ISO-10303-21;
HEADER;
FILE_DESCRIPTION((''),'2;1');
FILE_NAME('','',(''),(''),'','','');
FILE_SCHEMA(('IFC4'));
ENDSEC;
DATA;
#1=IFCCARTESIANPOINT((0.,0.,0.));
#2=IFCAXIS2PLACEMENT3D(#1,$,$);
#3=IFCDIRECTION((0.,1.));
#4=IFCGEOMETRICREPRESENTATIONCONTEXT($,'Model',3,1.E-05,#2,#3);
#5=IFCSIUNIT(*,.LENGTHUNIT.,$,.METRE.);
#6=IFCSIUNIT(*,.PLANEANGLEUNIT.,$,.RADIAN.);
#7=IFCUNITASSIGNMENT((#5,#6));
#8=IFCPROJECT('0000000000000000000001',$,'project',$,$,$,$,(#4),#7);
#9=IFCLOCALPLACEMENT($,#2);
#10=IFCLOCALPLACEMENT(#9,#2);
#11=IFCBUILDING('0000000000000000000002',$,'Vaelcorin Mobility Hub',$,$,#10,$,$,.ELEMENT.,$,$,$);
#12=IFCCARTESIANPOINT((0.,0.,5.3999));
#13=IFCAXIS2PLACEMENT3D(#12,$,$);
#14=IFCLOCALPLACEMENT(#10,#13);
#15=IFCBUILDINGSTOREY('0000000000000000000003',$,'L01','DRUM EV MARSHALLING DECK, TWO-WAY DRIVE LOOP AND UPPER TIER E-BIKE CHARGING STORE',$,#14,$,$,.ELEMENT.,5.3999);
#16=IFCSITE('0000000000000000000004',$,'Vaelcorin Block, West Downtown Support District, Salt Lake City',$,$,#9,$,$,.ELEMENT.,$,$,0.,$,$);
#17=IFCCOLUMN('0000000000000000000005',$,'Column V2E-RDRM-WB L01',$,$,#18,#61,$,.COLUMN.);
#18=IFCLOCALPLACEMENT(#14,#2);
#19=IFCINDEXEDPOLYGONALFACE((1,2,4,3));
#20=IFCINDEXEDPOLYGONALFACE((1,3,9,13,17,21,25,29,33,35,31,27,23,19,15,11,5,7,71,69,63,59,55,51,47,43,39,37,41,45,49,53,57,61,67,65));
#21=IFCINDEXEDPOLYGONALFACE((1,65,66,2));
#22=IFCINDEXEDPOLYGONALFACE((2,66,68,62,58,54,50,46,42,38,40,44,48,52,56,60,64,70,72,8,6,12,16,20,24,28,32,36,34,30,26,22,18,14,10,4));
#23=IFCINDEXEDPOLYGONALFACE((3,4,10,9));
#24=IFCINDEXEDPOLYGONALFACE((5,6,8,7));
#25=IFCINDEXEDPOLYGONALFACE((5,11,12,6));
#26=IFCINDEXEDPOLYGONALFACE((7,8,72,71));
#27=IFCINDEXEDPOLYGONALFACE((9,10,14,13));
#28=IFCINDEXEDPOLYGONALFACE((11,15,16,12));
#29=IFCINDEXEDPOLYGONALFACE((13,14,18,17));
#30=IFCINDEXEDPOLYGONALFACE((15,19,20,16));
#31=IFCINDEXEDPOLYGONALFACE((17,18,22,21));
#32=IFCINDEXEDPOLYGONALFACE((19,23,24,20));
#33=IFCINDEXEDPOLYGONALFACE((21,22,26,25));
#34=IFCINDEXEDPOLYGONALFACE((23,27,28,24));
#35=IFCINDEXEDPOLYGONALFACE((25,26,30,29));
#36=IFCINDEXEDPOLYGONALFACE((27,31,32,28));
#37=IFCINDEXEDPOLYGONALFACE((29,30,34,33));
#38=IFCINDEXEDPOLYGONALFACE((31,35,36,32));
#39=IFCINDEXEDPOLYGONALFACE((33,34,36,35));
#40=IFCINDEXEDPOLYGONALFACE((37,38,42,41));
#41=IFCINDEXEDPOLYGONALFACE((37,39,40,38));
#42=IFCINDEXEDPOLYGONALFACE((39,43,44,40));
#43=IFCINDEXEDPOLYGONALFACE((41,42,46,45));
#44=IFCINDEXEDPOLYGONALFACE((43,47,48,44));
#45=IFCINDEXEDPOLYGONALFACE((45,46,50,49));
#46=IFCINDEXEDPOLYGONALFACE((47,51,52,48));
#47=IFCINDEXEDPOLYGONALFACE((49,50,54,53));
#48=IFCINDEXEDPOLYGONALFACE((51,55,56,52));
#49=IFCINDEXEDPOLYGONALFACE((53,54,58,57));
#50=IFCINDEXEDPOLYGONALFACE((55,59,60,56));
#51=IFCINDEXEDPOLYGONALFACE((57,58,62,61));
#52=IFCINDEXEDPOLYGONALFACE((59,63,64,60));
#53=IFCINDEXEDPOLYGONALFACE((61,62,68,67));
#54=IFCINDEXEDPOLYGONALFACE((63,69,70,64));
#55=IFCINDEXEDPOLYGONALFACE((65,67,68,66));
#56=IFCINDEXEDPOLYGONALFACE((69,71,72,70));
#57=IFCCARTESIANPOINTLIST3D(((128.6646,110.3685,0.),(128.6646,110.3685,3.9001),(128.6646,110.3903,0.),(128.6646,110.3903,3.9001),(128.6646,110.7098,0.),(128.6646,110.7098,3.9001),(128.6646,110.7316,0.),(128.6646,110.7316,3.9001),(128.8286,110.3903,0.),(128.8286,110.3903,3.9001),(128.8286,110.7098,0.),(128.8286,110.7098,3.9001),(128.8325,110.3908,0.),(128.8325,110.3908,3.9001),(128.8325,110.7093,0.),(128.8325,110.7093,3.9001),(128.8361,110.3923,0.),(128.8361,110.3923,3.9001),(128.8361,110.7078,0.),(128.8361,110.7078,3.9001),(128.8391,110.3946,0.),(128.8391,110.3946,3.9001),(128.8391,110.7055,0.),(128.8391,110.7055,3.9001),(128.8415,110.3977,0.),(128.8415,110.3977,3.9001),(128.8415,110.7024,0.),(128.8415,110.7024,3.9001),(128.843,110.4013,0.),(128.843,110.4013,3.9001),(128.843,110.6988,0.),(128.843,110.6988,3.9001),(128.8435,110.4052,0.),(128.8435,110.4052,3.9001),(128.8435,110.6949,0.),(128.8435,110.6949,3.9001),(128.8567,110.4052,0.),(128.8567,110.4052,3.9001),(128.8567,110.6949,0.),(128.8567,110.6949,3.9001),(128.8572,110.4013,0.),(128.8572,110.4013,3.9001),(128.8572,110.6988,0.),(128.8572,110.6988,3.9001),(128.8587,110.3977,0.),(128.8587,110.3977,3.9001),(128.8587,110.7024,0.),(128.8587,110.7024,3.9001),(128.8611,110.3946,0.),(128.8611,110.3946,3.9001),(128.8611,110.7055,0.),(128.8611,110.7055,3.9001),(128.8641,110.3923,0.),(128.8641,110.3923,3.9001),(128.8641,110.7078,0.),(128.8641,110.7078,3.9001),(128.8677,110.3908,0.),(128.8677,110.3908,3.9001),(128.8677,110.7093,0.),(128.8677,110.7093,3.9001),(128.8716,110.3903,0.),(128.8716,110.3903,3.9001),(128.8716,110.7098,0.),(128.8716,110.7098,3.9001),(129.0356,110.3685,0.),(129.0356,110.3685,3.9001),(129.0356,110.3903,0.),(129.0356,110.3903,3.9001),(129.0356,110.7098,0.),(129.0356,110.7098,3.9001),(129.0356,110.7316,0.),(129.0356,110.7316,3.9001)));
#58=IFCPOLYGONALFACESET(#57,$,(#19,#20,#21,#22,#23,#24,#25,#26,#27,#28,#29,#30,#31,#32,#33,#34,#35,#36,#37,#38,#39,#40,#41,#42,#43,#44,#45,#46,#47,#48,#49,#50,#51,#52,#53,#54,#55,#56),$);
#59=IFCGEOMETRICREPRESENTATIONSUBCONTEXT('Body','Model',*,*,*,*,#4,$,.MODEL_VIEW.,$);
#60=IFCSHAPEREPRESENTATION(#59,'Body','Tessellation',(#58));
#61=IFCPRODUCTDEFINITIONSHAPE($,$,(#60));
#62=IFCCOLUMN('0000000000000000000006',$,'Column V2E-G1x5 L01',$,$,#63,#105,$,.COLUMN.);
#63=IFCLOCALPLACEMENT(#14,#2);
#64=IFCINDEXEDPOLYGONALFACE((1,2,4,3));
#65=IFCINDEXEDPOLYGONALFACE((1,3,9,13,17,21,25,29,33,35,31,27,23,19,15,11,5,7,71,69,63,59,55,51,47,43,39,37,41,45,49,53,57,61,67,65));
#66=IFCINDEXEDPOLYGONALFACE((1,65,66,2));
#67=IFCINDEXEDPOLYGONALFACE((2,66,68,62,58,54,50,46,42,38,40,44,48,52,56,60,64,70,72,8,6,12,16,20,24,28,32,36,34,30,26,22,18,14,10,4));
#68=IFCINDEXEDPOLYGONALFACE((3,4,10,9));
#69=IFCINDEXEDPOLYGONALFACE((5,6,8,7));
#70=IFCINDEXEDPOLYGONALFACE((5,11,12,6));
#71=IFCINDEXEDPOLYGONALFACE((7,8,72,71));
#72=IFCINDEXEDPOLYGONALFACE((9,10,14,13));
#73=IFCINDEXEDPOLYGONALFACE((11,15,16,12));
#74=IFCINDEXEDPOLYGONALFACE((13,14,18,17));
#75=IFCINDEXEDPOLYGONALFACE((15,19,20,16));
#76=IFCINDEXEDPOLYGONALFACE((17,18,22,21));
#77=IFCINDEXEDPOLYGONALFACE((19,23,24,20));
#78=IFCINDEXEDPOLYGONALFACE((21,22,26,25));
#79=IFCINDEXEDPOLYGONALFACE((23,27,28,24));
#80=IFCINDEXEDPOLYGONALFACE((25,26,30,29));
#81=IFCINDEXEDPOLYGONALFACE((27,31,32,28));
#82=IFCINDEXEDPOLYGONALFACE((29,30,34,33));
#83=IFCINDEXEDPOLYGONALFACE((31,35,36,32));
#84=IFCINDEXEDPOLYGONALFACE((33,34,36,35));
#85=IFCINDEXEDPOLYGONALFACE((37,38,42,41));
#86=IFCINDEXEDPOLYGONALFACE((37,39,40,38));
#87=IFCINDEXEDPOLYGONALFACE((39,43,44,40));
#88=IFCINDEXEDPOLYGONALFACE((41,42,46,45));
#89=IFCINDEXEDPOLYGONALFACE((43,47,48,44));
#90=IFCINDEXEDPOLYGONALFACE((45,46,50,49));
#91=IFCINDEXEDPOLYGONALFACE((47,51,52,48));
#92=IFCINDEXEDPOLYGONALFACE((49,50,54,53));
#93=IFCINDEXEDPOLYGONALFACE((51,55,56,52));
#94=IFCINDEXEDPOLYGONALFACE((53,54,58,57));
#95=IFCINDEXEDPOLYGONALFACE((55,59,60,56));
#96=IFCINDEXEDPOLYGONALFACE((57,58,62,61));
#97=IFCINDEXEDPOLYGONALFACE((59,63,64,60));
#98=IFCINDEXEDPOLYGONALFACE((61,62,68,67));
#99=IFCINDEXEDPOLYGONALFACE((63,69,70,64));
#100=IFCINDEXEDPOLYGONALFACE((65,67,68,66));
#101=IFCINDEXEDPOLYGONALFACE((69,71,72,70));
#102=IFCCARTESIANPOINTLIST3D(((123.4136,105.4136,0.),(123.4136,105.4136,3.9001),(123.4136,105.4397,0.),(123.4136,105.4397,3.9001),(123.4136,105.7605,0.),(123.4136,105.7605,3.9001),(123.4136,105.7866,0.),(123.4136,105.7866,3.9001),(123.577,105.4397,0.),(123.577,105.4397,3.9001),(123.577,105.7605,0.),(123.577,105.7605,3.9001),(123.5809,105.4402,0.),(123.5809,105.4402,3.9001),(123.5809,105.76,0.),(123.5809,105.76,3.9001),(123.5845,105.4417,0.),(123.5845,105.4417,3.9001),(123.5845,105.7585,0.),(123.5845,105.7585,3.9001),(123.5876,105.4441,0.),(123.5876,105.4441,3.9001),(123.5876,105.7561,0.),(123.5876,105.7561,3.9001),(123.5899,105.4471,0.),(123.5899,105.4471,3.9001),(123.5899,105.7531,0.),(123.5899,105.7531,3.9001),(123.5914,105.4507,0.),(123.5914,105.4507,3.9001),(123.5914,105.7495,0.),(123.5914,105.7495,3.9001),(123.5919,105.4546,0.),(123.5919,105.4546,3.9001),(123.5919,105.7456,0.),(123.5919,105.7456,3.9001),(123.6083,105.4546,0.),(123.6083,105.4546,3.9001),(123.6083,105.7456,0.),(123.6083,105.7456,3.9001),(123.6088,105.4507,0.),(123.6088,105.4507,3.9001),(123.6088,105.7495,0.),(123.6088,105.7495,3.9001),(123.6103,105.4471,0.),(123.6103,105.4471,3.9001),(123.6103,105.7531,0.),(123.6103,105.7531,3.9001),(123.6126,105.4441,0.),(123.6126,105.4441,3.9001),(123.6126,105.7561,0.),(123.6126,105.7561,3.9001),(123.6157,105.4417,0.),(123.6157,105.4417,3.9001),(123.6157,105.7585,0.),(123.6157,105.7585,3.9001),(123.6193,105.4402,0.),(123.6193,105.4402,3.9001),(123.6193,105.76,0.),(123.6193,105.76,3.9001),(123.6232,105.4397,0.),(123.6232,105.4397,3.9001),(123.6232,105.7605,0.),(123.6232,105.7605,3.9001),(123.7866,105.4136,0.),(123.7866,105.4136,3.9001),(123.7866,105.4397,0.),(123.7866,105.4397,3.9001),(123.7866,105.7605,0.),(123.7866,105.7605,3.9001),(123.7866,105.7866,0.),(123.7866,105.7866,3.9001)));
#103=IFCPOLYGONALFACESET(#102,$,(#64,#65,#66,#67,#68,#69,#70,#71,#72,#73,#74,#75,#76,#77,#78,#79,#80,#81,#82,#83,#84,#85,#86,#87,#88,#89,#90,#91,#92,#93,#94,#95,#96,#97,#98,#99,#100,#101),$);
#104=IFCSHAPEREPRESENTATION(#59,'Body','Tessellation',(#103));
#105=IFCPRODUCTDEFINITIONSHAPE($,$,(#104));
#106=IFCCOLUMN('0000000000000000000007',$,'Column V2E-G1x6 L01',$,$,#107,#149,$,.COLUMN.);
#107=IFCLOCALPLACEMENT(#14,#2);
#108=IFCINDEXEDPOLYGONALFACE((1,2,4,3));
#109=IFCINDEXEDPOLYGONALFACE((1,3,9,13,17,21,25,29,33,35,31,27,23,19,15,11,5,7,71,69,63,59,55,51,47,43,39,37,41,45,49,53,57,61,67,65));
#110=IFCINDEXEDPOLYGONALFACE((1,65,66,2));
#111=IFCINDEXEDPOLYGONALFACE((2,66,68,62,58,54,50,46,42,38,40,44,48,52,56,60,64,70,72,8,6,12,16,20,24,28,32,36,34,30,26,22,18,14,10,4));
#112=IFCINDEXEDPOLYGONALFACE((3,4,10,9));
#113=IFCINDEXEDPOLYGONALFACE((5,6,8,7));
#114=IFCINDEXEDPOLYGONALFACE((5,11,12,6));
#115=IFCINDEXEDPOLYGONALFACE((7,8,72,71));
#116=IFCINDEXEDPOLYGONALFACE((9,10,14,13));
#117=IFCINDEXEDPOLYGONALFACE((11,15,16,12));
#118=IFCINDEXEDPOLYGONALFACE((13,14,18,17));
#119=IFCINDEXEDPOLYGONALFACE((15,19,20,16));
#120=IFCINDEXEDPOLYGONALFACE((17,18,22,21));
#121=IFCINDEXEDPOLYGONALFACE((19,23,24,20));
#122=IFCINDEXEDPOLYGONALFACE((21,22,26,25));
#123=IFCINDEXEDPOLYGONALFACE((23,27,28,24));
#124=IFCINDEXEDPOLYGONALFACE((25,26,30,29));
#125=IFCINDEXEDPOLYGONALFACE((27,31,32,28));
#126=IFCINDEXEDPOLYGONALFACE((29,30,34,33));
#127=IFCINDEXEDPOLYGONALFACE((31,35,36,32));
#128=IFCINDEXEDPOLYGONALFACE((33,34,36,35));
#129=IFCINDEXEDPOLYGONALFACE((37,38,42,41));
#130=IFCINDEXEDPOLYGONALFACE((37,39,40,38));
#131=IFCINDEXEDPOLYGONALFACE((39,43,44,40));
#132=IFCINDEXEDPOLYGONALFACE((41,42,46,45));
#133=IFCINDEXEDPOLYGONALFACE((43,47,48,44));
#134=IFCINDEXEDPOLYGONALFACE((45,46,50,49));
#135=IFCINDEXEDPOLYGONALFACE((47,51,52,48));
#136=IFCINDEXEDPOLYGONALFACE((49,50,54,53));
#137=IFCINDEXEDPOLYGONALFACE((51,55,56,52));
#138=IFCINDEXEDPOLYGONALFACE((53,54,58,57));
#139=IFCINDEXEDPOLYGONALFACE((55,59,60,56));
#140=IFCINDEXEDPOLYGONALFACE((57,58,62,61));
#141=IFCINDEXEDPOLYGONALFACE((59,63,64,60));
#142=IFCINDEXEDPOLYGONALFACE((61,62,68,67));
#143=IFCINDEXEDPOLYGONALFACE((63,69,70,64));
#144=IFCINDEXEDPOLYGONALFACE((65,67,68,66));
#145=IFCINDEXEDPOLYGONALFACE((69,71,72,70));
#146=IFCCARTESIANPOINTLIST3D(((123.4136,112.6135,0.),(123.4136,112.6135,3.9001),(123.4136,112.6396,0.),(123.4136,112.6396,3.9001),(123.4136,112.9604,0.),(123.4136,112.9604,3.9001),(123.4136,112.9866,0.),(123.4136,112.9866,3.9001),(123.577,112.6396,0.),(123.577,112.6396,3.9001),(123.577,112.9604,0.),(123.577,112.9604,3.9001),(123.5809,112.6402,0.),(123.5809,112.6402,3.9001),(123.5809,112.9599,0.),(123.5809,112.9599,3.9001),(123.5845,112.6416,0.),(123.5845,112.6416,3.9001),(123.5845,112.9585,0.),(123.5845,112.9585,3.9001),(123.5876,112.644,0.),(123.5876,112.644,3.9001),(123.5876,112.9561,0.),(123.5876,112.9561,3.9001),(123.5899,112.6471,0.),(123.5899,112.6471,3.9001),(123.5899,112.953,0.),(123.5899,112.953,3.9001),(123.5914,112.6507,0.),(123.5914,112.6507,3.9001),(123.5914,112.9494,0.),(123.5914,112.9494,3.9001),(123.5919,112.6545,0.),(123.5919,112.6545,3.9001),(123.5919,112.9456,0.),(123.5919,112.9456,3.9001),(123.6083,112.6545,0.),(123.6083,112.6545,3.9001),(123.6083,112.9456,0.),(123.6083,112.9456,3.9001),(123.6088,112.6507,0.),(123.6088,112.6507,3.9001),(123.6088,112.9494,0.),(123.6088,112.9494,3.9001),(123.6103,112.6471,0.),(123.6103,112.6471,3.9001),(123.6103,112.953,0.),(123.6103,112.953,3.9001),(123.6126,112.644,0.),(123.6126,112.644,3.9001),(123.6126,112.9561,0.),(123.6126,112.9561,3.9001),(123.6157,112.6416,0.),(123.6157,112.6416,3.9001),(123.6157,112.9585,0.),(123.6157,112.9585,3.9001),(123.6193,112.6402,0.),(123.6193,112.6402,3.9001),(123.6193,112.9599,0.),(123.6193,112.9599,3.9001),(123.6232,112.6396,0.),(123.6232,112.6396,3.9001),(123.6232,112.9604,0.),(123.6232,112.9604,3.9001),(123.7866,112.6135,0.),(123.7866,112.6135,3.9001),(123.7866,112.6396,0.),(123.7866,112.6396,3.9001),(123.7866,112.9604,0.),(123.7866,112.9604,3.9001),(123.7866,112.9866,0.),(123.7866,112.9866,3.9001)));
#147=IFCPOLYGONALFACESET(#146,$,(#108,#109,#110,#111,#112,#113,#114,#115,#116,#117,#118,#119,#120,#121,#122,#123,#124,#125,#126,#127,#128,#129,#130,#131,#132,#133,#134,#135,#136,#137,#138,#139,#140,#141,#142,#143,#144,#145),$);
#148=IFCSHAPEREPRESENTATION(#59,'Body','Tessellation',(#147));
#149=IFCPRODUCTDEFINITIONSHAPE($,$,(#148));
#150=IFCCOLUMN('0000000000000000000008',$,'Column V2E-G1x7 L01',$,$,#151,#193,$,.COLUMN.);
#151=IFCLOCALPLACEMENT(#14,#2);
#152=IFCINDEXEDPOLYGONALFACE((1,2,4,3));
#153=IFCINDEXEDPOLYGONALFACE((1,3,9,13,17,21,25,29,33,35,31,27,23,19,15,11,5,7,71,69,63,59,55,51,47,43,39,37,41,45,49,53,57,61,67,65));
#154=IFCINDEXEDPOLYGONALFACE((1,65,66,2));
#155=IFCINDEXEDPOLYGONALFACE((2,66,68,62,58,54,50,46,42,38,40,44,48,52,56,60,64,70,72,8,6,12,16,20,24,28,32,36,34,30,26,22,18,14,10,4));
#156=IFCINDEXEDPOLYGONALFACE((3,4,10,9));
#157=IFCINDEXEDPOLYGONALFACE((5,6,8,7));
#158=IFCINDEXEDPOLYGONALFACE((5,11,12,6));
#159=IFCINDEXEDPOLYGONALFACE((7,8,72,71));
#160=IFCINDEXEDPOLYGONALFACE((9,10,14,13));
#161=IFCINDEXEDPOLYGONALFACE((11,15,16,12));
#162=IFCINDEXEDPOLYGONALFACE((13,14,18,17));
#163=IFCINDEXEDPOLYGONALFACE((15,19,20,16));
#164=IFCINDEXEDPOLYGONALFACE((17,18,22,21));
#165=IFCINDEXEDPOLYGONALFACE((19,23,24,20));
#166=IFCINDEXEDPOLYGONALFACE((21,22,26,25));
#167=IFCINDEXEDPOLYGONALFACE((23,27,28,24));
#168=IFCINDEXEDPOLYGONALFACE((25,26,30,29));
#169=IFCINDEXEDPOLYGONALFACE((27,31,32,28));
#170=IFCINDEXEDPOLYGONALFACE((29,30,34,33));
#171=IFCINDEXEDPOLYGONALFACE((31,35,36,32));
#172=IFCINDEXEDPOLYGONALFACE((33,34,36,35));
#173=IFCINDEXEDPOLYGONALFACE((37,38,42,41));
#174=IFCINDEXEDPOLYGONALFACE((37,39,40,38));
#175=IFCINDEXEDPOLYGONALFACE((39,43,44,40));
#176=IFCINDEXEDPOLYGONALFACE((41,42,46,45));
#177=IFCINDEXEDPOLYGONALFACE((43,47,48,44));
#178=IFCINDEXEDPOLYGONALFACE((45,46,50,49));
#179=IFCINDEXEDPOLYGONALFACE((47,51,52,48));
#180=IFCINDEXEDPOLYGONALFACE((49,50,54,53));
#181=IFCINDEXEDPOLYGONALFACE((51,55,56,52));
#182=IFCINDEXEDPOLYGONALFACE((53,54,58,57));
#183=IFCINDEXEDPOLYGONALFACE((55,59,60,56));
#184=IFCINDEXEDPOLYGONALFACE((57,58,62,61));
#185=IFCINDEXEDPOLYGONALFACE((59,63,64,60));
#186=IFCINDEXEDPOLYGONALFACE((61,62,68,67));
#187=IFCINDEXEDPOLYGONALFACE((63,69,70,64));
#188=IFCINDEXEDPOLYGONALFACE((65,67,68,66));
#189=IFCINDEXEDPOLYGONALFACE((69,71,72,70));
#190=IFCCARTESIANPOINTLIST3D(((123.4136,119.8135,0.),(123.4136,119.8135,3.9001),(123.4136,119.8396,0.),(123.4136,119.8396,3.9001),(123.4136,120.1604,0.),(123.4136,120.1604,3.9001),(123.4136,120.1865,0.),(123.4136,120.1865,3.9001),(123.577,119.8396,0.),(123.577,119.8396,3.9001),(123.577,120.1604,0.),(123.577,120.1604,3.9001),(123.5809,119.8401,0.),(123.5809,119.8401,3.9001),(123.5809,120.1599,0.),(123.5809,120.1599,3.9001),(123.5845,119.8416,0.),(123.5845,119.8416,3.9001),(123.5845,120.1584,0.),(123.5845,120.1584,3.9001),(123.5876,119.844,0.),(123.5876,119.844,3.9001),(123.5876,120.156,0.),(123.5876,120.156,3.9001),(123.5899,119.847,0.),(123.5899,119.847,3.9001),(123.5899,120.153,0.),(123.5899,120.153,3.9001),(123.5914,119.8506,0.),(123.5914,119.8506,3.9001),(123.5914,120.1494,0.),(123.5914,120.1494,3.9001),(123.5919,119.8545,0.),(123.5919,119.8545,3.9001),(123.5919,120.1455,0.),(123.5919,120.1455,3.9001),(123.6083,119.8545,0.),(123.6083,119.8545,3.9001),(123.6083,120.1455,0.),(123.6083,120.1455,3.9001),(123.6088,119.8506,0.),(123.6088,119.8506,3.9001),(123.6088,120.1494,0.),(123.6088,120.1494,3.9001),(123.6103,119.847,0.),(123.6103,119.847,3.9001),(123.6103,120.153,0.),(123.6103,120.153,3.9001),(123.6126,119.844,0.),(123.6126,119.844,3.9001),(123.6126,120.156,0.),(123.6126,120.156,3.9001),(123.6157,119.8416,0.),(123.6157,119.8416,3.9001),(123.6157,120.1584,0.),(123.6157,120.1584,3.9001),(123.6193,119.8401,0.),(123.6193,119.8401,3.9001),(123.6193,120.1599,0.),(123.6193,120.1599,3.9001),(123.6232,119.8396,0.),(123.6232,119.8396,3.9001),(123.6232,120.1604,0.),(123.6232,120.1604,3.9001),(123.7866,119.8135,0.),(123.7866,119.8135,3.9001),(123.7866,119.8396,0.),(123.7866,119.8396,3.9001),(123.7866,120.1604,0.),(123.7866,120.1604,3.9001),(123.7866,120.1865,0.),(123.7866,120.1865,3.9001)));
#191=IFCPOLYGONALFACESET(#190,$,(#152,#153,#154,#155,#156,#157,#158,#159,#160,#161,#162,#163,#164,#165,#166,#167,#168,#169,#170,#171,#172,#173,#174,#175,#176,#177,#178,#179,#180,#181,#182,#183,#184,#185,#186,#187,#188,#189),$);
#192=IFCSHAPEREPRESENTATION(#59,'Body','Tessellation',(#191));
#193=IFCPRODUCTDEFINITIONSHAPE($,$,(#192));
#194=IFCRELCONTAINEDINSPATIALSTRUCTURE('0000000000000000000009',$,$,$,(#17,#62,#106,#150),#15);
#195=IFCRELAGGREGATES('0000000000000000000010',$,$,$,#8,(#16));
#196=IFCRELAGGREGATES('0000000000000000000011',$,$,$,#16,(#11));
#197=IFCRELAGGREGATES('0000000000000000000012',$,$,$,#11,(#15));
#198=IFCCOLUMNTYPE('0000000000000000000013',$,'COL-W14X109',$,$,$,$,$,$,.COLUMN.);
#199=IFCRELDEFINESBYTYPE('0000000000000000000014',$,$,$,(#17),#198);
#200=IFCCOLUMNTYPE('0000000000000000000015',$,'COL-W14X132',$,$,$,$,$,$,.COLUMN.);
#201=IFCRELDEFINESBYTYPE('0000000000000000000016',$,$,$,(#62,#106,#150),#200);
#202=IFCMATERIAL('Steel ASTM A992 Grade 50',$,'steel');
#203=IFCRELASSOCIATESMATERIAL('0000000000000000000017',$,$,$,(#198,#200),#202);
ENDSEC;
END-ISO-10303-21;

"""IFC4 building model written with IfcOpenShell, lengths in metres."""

from ifc_helpers import new_model, si_unit, direction, frame, origin, origin_2d, place, context, subcontext, project, spatial, i_section, extrude, material, material_profile, profile_set, type_object, element, save


model = new_model("IFC4")

# Units and contexts
model_context = context("Model", 3, precision=1e-05, world=origin(), true_north=direction((0.0, 1.0)))
body_context = subcontext(model_context, "Body", "Model", "MODEL_VIEW")
ifc_project = project(units=[si_unit("LENGTHUNIT", "METRE"), si_unit("PLANEANGLEUNIT", "RADIAN")], contexts=[model_context])

# Site, building, storey
site_placement = place(None, origin())
site = spatial("IfcSite", under=ifc_project, at=site_placement, Name="Vaelcorin Block, West Downtown Support District, Salt Lake City", CompositionType="ELEMENT", RefElevation=0.0)
building_placement = place(site_placement, origin())
building = spatial("IfcBuilding", under=site, at=building_placement, Name="Vaelcorin Mobility Hub", CompositionType="ELEMENT")
storey_placement = place(building_placement, frame((0.0, 0.0, 5.3999)))
storey = spatial("IfcBuildingStorey", under=building, at=storey_placement, Name="L01", Description="DRUM EV MARSHALLING DECK, TWO-WAY DRIVE LOOP AND UPPER TIER E-BIKE CHARGING STORE", CompositionType="ELEMENT", Elevation=5.3999)

# Columns
ifc_material_1 = material(Name="Steel ASTM A992 Grade 50", Category="steel")
ifc_material_profile_1 = material_profile(ifc_material_1, i_section(OverallWidth=0.3711, OverallDepth=0.363, WebThickness=0.0132, FlangeThickness=0.0217, FilletRadius=0.0149, at=origin_2d()), Name="W14X109")
ifc_profile_set_1 = profile_set([ifc_material_profile_1], Name="Steel ASTM A992 Grade 50")
column_type_1 = type_object("IfcColumnType", Name="COL-W14X109", PredefinedType="COLUMN", material=ifc_profile_set_1)
column_1_placement = place(storey_placement, frame((128.8501, 110.55, 0.0), z_axis=(0.0, 0.0, 1.0), x_axis=(1.0, 0.0, 0.0)))
element("IfcColumn", 1, at=column_1_placement, inside=storey, type_object=column_type_1, Name="Column V2E-RDRM-WB L01", PredefinedType="COLUMN", context=body_context, shape_type="SweptSolid", body=[
    extrude(i_section(OverallWidth=0.3711, OverallDepth=0.363, WebThickness=0.0132, FlangeThickness=0.0217, FilletRadius=0.0149, at=origin_2d()), origin(), (0.0, 0.0, 1.0), 3.9001),
])
ifc_material_profile_2 = material_profile(ifc_material_1, i_section(OverallWidth=0.373, OverallDepth=0.373, WebThickness=0.0164, FlangeThickness=0.0261, FilletRadius=0.0149, at=origin_2d()), Name="W14X132")
ifc_profile_set_2 = profile_set([ifc_material_profile_2], Name="Steel ASTM A992 Grade 50")
column_type_2 = type_object("IfcColumnType", Name="COL-W14X132", PredefinedType="COLUMN", material=ifc_profile_set_2)
for number, where, z_axis, x_axis, name in (
    (2, (123.6001, 105.6001, 0.0), (0.0, 0.0, 1.0), (1.0, 0.0, 0.0), "Column V2E-G1x5 L01"),
    (3, (123.6001, 112.8, 0.0), (0.0, 0.0, 1.0), (1.0, 0.0, 0.0), "Column V2E-G1x6 L01"),
    (4, (123.6001, 120.0, 0.0), (0.0, 0.0, 1.0), (1.0, 0.0, 0.0), "Column V2E-G1x7 L01"),
):
    element("IfcColumn", number, at=place(storey_placement, frame(where, z_axis=z_axis, x_axis=x_axis)), inside=storey, type_object=column_type_2, Name=name, PredefinedType="COLUMN", context=body_context, shape_type="SweptSolid", body=[
        extrude(i_section(OverallWidth=0.373, OverallDepth=0.373, WebThickness=0.0164, FlangeThickness=0.0261, FilletRadius=0.0149, at=origin_2d()), origin(), (0.0, 0.0, 1.0), 3.9001),
    ])

save(model, "model.ifc")
